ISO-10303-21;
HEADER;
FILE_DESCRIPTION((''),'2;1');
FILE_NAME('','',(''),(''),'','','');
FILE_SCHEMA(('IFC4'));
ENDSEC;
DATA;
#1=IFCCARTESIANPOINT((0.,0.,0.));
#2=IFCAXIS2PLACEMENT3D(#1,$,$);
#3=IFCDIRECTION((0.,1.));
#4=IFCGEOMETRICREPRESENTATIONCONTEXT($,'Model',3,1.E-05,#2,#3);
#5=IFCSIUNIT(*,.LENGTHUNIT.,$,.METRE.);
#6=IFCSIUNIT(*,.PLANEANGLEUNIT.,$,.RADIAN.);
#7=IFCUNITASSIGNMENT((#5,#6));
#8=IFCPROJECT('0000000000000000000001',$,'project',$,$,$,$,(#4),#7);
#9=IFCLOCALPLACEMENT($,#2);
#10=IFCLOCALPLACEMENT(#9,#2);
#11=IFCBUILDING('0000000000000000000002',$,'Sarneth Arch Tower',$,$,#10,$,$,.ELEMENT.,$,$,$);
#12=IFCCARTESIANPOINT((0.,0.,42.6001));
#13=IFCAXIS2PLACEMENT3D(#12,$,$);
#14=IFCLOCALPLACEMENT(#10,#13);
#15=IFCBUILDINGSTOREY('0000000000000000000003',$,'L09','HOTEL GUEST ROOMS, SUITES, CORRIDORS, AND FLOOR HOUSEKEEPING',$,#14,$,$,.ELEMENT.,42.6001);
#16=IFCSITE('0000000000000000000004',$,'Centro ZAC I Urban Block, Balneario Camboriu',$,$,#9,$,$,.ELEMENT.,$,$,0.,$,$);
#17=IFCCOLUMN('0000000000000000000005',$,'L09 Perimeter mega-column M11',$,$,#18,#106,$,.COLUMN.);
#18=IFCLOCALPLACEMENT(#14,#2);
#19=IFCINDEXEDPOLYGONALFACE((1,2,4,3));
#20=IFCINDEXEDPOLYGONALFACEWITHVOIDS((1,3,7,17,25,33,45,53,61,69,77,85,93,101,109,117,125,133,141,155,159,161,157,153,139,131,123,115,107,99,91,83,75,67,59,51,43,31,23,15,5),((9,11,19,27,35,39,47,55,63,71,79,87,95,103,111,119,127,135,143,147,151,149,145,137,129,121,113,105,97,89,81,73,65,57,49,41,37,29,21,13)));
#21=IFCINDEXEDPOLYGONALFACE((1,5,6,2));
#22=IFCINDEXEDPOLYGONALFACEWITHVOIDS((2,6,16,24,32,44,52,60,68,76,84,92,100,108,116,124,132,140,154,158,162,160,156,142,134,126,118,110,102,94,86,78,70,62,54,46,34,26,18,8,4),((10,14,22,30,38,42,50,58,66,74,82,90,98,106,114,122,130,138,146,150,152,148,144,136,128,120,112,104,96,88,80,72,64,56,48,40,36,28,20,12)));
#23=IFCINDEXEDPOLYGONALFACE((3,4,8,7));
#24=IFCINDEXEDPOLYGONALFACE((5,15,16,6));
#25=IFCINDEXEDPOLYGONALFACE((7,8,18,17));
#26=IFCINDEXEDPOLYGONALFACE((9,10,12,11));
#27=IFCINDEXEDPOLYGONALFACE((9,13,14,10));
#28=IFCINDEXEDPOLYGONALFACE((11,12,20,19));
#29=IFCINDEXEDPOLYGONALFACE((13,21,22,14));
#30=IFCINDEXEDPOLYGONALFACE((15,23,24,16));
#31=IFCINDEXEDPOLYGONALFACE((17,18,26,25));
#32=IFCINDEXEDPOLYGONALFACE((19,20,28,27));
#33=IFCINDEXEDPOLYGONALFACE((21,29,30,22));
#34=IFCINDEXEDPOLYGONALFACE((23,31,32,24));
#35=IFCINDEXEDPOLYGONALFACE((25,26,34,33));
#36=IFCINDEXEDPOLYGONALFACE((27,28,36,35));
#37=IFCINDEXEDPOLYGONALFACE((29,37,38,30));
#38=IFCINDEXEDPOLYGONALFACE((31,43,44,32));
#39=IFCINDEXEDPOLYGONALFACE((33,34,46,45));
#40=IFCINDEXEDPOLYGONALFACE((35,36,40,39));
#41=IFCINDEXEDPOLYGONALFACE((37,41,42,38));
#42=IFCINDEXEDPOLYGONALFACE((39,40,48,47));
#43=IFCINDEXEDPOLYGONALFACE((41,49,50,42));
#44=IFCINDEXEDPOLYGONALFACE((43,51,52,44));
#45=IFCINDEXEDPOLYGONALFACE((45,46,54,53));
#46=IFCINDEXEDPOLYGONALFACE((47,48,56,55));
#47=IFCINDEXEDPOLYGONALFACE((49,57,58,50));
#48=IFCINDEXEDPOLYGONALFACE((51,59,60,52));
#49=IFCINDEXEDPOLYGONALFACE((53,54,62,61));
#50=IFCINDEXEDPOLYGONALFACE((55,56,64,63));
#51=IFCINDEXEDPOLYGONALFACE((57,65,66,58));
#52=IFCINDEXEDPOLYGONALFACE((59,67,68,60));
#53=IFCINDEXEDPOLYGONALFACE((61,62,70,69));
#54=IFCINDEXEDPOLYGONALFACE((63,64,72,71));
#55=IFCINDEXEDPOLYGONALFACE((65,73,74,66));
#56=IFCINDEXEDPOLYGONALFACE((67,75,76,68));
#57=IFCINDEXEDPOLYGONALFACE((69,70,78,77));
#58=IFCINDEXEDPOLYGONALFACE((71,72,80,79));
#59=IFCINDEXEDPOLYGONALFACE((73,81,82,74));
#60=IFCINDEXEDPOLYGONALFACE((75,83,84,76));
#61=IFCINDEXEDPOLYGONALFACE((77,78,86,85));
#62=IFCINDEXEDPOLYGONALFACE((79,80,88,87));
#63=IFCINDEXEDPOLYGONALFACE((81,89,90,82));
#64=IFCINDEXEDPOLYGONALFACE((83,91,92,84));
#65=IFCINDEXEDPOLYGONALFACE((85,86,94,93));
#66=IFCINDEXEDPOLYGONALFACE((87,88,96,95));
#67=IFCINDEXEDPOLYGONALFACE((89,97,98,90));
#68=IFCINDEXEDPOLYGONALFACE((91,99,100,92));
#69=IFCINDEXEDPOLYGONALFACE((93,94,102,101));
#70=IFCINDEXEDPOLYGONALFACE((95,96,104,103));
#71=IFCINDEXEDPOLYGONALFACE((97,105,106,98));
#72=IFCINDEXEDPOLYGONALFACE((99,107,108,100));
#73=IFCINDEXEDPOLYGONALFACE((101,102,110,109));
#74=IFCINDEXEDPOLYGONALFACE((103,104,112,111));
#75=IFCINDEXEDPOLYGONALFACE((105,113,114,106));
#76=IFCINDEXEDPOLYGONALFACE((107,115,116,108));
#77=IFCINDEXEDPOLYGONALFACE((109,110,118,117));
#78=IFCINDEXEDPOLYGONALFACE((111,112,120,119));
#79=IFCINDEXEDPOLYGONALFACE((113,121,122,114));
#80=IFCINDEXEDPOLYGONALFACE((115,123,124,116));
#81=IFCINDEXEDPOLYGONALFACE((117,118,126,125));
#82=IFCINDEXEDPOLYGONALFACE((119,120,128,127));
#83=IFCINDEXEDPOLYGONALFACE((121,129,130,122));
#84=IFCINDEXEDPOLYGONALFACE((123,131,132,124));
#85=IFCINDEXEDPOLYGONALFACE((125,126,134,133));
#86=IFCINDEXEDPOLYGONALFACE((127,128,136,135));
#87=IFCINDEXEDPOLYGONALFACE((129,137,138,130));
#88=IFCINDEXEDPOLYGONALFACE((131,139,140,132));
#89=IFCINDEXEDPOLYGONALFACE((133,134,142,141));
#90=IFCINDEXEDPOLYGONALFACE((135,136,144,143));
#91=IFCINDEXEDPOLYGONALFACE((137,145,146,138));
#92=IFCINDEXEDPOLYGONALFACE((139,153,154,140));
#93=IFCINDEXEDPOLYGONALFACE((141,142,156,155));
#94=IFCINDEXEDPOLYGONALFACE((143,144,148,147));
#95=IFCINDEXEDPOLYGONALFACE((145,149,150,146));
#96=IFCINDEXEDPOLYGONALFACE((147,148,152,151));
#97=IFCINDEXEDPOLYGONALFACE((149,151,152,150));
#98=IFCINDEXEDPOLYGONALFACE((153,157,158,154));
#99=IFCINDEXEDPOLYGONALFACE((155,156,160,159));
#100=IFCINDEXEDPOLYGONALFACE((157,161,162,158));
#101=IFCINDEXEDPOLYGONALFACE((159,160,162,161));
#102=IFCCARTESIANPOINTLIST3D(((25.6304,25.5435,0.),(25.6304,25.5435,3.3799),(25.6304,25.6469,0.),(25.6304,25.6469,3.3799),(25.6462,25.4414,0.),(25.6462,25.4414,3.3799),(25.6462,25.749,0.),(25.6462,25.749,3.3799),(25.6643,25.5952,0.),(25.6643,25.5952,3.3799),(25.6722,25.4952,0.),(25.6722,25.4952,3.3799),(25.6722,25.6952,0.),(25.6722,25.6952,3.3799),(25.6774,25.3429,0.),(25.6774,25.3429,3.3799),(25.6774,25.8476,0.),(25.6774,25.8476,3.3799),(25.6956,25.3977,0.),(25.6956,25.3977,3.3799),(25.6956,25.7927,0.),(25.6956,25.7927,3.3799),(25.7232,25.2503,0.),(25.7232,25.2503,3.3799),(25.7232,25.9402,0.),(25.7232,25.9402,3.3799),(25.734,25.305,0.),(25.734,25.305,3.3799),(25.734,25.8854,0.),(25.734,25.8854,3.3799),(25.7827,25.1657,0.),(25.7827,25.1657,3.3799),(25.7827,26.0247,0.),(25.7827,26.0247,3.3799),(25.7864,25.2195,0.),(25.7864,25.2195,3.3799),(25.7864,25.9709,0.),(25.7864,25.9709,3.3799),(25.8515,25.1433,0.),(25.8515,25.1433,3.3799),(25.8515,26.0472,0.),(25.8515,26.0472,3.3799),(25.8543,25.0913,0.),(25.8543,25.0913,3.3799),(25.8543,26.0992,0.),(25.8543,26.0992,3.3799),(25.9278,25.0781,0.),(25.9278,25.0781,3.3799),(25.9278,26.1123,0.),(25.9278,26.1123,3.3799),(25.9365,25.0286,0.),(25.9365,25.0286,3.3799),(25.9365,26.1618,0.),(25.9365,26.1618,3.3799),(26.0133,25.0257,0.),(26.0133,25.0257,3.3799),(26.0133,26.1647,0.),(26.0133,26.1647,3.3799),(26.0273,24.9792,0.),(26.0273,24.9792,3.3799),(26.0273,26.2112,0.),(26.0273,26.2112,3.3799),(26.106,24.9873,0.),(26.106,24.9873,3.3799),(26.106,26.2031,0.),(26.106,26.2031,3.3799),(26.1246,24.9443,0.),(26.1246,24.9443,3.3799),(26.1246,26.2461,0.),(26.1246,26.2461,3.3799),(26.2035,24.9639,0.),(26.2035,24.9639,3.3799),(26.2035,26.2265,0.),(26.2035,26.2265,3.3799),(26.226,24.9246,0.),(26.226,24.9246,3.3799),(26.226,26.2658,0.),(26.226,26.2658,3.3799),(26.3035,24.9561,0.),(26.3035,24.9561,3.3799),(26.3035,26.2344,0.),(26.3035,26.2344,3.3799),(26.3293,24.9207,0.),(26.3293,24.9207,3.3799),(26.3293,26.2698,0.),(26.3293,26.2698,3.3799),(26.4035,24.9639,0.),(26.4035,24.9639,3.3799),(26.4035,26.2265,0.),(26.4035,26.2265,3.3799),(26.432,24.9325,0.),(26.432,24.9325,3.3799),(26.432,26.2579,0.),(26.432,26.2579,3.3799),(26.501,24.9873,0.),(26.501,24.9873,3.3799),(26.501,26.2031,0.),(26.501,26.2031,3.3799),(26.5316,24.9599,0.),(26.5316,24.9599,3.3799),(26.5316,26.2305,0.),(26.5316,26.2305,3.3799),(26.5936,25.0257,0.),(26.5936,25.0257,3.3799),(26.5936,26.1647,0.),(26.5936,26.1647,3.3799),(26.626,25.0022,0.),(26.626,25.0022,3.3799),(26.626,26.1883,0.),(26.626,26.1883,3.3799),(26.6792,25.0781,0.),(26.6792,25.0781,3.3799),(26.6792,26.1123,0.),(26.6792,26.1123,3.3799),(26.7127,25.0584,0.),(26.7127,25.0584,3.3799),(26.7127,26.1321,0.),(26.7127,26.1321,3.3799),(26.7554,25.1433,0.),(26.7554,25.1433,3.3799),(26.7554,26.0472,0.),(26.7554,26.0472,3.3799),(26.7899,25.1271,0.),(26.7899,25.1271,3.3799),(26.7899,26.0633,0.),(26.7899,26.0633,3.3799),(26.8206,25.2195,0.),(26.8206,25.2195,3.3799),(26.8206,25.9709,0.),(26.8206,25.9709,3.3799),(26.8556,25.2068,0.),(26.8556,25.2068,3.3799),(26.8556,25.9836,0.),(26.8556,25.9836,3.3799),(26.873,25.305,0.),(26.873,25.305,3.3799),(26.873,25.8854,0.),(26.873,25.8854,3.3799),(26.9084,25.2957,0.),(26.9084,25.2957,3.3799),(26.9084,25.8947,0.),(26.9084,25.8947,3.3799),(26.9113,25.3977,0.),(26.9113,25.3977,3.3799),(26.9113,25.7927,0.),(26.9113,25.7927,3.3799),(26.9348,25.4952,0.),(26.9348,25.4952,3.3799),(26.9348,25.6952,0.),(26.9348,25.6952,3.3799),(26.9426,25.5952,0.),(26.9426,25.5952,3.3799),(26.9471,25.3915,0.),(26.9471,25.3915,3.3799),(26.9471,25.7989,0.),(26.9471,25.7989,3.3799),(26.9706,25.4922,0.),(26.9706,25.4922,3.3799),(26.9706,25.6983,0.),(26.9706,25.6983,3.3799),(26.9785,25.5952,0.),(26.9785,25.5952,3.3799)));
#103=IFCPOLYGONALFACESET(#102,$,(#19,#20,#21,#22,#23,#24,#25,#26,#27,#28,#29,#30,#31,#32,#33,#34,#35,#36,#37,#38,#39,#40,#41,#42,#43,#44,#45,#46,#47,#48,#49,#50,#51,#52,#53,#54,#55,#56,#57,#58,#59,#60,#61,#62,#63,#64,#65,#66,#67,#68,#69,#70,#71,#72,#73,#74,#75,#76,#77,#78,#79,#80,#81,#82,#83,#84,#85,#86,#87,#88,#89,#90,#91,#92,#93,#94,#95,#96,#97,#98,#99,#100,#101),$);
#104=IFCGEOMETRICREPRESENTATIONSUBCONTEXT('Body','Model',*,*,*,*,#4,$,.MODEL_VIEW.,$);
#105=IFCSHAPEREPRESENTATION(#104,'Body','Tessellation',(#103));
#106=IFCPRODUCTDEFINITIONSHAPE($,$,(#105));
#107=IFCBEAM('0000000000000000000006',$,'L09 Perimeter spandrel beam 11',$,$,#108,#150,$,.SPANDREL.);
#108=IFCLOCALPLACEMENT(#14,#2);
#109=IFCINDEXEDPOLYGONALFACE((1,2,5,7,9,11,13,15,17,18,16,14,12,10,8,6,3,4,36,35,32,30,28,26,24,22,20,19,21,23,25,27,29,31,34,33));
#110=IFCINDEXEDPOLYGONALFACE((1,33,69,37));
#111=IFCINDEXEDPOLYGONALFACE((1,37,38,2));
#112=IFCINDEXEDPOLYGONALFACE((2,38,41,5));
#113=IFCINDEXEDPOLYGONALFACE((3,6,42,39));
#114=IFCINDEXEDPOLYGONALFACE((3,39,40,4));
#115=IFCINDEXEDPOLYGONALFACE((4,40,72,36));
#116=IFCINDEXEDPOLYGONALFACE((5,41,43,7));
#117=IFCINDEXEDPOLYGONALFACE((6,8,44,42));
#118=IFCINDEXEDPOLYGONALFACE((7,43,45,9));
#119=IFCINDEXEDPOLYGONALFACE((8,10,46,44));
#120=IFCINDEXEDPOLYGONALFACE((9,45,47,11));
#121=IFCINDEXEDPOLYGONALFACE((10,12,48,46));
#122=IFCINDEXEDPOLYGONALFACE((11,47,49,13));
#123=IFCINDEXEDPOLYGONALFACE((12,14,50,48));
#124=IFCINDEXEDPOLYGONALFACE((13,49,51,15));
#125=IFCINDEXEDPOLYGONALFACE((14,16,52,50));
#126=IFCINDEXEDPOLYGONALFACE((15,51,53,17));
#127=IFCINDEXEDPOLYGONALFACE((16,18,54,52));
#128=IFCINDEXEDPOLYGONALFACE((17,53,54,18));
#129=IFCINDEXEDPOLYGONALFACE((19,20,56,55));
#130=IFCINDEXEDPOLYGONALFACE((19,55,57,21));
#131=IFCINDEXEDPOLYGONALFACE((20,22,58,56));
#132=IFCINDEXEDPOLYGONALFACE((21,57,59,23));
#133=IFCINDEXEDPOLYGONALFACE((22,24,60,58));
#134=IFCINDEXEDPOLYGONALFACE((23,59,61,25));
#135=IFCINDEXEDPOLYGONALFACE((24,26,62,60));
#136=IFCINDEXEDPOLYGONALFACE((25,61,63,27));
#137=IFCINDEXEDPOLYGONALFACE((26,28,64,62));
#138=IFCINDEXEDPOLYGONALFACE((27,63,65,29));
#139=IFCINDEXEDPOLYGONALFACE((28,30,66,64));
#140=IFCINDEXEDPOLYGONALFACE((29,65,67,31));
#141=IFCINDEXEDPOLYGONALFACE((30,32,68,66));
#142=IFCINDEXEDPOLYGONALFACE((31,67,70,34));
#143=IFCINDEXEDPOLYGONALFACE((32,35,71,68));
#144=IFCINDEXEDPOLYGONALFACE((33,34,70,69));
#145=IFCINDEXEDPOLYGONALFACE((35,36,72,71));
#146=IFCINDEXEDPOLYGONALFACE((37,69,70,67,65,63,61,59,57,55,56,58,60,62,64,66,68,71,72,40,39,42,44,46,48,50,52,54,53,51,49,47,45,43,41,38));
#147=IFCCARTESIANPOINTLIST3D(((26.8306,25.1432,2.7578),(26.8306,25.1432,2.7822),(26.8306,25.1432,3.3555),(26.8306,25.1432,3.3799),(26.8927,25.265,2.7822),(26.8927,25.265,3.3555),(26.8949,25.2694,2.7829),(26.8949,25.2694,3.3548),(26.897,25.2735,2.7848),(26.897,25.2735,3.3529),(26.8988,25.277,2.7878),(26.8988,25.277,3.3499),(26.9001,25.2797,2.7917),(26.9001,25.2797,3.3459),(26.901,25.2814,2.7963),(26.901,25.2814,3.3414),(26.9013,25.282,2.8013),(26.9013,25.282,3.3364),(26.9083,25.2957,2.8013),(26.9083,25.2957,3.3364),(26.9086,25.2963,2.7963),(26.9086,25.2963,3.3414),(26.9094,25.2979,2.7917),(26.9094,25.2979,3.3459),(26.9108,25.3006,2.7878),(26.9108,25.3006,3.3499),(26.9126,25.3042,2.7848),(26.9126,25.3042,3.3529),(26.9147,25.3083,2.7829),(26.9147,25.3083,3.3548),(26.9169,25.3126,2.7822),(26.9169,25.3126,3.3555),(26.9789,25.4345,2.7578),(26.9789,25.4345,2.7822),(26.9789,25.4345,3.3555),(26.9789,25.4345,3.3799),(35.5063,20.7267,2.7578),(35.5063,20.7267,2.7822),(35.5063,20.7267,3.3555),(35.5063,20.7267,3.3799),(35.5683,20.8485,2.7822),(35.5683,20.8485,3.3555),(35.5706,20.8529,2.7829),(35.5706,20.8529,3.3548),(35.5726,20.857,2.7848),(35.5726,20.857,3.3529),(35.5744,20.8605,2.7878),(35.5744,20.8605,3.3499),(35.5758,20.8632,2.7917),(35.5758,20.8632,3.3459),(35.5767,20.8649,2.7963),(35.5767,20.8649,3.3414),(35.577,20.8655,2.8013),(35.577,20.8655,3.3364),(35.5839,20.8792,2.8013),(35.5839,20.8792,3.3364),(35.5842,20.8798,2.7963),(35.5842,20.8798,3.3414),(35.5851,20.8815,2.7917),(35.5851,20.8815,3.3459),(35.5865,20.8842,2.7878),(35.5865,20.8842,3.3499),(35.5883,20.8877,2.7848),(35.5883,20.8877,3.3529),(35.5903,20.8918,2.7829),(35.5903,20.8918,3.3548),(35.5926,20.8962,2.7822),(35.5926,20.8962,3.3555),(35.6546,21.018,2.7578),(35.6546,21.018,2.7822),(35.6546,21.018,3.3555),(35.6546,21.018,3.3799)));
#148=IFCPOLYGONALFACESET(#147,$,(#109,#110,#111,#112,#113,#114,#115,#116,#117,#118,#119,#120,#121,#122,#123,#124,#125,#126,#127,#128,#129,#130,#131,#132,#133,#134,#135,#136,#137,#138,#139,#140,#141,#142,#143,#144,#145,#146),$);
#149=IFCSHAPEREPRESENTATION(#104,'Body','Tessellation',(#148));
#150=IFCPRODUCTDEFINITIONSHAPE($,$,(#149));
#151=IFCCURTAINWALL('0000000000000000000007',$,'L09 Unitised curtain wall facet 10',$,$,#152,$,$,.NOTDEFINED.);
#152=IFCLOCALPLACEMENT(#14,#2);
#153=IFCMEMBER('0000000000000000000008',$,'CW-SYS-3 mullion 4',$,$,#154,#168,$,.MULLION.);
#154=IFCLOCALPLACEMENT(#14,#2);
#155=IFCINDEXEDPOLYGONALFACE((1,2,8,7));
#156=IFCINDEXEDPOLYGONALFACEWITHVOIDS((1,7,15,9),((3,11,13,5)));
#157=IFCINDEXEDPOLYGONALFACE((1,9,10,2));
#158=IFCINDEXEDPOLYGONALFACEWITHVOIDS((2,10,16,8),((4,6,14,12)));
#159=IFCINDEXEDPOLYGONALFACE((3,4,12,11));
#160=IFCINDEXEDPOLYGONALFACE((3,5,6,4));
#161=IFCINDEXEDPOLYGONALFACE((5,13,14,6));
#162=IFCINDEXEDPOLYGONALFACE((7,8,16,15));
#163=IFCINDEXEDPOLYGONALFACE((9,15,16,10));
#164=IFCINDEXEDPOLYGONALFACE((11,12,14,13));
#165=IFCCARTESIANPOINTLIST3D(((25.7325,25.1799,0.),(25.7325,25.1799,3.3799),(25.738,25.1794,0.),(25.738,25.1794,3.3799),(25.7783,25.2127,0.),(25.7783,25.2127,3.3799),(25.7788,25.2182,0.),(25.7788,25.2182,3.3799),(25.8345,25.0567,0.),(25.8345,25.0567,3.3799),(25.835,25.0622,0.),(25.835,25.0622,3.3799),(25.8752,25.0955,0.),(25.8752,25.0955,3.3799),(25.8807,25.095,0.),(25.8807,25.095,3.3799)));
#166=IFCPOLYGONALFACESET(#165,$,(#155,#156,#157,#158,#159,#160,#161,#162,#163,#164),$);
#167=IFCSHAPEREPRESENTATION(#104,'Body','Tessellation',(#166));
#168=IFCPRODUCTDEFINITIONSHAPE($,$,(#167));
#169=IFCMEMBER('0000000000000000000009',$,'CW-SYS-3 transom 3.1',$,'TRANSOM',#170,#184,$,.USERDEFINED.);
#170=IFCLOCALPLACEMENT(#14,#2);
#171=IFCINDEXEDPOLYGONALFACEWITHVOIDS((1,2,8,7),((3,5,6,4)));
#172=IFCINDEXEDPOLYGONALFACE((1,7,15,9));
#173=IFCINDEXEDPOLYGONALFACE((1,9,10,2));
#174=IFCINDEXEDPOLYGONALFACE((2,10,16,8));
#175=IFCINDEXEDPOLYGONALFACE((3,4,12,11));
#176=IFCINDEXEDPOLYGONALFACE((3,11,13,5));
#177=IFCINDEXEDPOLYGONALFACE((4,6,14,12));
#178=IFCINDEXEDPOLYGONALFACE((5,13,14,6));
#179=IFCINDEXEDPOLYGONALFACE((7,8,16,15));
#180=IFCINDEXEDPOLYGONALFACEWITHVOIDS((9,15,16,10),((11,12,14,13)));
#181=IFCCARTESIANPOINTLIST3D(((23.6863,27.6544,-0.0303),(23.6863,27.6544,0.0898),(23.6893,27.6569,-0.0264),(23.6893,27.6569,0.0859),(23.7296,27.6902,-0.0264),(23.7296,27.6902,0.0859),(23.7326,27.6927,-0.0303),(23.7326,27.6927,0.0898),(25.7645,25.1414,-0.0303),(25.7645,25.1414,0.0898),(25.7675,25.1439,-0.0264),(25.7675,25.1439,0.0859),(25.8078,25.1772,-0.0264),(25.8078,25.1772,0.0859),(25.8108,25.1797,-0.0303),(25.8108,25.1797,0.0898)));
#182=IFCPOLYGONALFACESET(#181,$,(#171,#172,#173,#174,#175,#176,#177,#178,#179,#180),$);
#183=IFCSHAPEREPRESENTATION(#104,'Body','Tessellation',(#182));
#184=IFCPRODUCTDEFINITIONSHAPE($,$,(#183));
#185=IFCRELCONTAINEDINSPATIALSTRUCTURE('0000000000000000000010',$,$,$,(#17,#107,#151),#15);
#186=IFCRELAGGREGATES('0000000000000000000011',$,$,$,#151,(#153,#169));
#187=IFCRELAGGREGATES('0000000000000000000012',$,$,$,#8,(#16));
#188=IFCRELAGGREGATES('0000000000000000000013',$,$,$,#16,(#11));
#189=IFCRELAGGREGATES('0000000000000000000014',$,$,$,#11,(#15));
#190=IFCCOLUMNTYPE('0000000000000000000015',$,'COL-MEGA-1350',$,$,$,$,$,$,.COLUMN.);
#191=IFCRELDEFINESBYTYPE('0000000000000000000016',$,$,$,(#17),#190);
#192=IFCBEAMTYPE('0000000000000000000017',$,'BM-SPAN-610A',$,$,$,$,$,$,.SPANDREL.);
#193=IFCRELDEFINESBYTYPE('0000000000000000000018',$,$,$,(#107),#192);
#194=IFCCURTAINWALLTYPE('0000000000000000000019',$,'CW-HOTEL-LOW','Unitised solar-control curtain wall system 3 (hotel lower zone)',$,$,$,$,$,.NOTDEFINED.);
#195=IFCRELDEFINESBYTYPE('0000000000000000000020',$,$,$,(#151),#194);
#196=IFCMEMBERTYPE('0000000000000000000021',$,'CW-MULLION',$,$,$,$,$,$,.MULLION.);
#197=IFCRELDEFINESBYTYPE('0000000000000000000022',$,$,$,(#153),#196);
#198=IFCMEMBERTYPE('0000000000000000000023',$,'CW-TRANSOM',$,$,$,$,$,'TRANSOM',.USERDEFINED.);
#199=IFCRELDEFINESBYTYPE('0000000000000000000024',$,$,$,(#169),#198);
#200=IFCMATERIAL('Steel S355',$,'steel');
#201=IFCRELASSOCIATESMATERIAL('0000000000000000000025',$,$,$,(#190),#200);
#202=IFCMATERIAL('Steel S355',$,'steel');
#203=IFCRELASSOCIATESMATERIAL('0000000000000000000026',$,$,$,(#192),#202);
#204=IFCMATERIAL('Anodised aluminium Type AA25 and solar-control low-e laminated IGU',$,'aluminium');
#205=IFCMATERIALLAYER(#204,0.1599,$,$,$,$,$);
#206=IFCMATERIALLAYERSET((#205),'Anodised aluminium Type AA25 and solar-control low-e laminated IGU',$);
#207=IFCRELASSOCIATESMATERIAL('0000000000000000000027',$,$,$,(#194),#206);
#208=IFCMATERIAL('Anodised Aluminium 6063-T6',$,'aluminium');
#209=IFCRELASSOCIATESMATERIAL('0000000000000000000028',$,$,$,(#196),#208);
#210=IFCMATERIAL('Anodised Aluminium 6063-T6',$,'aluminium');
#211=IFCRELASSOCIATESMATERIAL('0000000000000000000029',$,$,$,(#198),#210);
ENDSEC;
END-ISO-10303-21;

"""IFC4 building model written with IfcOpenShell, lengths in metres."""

from ifc_helpers import new_model, si_unit, direction, frame, origin, origin_2d, place, context, subcontext, project, spatial, hollow_rectangle, hollow_circle, i_section, extrude, material, layer, layer_set, material_profile, profile_set, type_object, element, aggregate, save


model = new_model("IFC4")

# Units and contexts
model_context = context("Model", 3, precision=1e-05, world=origin(), true_north=direction((0.0, 1.0)))
body_context = subcontext(model_context, "Body", "Model", "MODEL_VIEW")
ifc_project = project(units=[si_unit("LENGTHUNIT", "METRE"), si_unit("PLANEANGLEUNIT", "RADIAN")], contexts=[model_context])

# Site, building, storey
site_placement = place(None, origin())
site = spatial("IfcSite", under=ifc_project, at=site_placement, Name="Centro ZAC I Urban Block, Balneario Camboriu", CompositionType="ELEMENT", RefElevation=0.0)
building_placement = place(site_placement, origin())
building = spatial("IfcBuilding", under=site, at=building_placement, Name="Sarneth Arch Tower", CompositionType="ELEMENT")
storey_placement = place(building_placement, frame((0.0, 0.0, 42.6001)))
storey = spatial("IfcBuildingStorey", under=building, at=storey_placement, Name="L09", Description="HOTEL GUEST ROOMS, SUITES, CORRIDORS, AND FLOOR HOUSEKEEPING", CompositionType="ELEMENT", Elevation=42.6001)

# Column
ifc_material_1 = material(Name="Steel S355", Category="steel")
ifc_material_profile_1 = material_profile(ifc_material_1, hollow_circle(Radius=0.675, WallThickness=0.0359, at=origin_2d()), Name="CHS1350x36")
ifc_profile_set_1 = profile_set([ifc_material_profile_1], Name="Steel S355")
column_type = type_object("IfcColumnType", Name="COL-MEGA-1350", PredefinedType="COLUMN", material=ifc_profile_set_1)
column_placement = place(storey_placement, frame((26.3035, 25.5952, 0.0), z_axis=(0.0, 0.0, 1.0), x_axis=(1.0, 0.0, 0.0)))
element("IfcColumn", 1, at=column_placement, inside=storey, type_object=column_type, Name="L09 Perimeter mega-column M11", PredefinedType="COLUMN", context=body_context, shape_type="SweptSolid", body=[
    extrude(hollow_circle(Radius=0.675, WallThickness=0.0359, at=origin_2d()), origin(), (0.0, 0.0, 1.0), 3.3799),
])

# Beam
ifc_material_2 = material(Name="Steel S355", Category="steel")
ifc_material_profile_2 = material_profile(ifc_material_2, i_section(OverallWidth=0.3269, OverallDepth=0.6221, WebThickness=0.0154, FlangeThickness=0.0244, FilletRadius=0.019, at=origin_2d()), Name="W610x195")
ifc_profile_set_2 = profile_set([ifc_material_profile_2], Name="Steel S355")
beam_type = type_object("IfcBeamType", Name="BM-SPAN-610A", PredefinedType="SPANDREL", material=ifc_profile_set_2)
beam_placement = place(storey_placement, frame((26.9048, 25.2888, 3.0688), z_axis=(0.891174, -0.453662, 0.0), x_axis=(0.453662, 0.891174, 0.0)))
element("IfcBeam", 2, at=beam_placement, inside=storey, type_object=beam_type, Name="L09 Perimeter spandrel beam 11", PredefinedType="SPANDREL", context=body_context, shape_type="SweptSolid", body=[
    extrude(i_section(OverallWidth=0.3269, OverallDepth=0.6221, WebThickness=0.0154, FlangeThickness=0.0244, FilletRadius=0.019, at=origin_2d()), origin(), (0.0, 0.0, 1.0), 9.7351),
])

# Curtain wall, members
ifc_material_3 = material(Name="Anodised aluminium Type AA25 and solar-control low-e laminated IGU", Category="aluminium")
ifc_layer_1 = layer(ifc_material_3, 0.1599)
ifc_layer_set_1 = layer_set([ifc_layer_1], Name="Anodised aluminium Type AA25 and solar-control low-e laminated IGU")
curtain_wall_type = type_object("IfcCurtainWallType", Name="CW-HOTEL-LOW", Description="Unitised solar-control curtain wall system 3 (hotel lower zone)", PredefinedType="NOTDEFINED", material=ifc_layer_set_1)
curtain_wall_placement = place(storey_placement, origin())
curtain_wall = element("IfcCurtainWall", 3, at=curtain_wall_placement, inside=storey, type_object=curtain_wall_type, Name="L09 Unitised curtain wall facet 10", PredefinedType="NOTDEFINED")
ifc_material_4 = material(Name="Anodised Aluminium 6063-T6", Category="aluminium")
ifc_material_profile_3 = material_profile(ifc_material_4, hollow_rectangle(XDim=0.0601, YDim=0.1599, WallThickness=0.0039, at=origin_2d()), Name="AL-MULL-160x60x4")
ifc_profile_set_3 = profile_set([ifc_material_profile_3], Name="Anodised Aluminium 6063-T6")
member_type_1 = type_object("IfcMemberType", Name="CW-MULLION", PredefinedType="MULLION", material=ifc_profile_set_3)
member_1_placement = place(storey_placement, frame((25.8066, 25.1375, 0.0), z_axis=(0.0, 0.0, 1.0), x_axis=(0.770623, 0.637291, 0.0)))
member_1 = element("IfcMember", 4, at=member_1_placement, type_object=member_type_1, Name="CW-SYS-3 mullion 4", PredefinedType="MULLION", context=body_context, shape_type="SweptSolid", body=[
    extrude(hollow_rectangle(XDim=0.0601, YDim=0.1599, WallThickness=0.0039, at=origin_2d()), origin(), (0.0, 0.0, 1.0), 3.3799),
])
ifc_material_5 = material(Name="Anodised Aluminium 6063-T6", Category="aluminium")
ifc_material_profile_4 = material_profile(ifc_material_5, hollow_rectangle(XDim=0.0601, YDim=0.1201, WallThickness=0.0039, at=origin_2d()), Name="AL-TRAN-120x60x4")
ifc_profile_set_4 = profile_set([ifc_material_profile_4], Name="Anodised Aluminium 6063-T6")
member_type_2 = type_object("IfcMemberType", Name="CW-TRANSOM", ElementType="TRANSOM", PredefinedType="USERDEFINED", material=ifc_profile_set_4)
member_2_placement = place(storey_placement, frame((23.7095, 27.6736, 0.0298), z_axis=(0.637286, -0.770628, 0.0), x_axis=(0.770628, 0.637286, 0.0)))
member_2 = element("IfcMember", 5, at=member_2_placement, type_object=member_type_2, Name="CW-SYS-3 transom 3.1", ObjectType="TRANSOM", PredefinedType="USERDEFINED", context=body_context, shape_type="SweptSolid", body=[
    extrude(hollow_rectangle(XDim=0.0601, YDim=0.1201, WallThickness=0.0039, at=origin_2d()), origin(), (0.0, 0.0, 1.0), 3.261),
])

aggregate(curtain_wall, [member_1, member_2])

save(model, "model.ifc")
